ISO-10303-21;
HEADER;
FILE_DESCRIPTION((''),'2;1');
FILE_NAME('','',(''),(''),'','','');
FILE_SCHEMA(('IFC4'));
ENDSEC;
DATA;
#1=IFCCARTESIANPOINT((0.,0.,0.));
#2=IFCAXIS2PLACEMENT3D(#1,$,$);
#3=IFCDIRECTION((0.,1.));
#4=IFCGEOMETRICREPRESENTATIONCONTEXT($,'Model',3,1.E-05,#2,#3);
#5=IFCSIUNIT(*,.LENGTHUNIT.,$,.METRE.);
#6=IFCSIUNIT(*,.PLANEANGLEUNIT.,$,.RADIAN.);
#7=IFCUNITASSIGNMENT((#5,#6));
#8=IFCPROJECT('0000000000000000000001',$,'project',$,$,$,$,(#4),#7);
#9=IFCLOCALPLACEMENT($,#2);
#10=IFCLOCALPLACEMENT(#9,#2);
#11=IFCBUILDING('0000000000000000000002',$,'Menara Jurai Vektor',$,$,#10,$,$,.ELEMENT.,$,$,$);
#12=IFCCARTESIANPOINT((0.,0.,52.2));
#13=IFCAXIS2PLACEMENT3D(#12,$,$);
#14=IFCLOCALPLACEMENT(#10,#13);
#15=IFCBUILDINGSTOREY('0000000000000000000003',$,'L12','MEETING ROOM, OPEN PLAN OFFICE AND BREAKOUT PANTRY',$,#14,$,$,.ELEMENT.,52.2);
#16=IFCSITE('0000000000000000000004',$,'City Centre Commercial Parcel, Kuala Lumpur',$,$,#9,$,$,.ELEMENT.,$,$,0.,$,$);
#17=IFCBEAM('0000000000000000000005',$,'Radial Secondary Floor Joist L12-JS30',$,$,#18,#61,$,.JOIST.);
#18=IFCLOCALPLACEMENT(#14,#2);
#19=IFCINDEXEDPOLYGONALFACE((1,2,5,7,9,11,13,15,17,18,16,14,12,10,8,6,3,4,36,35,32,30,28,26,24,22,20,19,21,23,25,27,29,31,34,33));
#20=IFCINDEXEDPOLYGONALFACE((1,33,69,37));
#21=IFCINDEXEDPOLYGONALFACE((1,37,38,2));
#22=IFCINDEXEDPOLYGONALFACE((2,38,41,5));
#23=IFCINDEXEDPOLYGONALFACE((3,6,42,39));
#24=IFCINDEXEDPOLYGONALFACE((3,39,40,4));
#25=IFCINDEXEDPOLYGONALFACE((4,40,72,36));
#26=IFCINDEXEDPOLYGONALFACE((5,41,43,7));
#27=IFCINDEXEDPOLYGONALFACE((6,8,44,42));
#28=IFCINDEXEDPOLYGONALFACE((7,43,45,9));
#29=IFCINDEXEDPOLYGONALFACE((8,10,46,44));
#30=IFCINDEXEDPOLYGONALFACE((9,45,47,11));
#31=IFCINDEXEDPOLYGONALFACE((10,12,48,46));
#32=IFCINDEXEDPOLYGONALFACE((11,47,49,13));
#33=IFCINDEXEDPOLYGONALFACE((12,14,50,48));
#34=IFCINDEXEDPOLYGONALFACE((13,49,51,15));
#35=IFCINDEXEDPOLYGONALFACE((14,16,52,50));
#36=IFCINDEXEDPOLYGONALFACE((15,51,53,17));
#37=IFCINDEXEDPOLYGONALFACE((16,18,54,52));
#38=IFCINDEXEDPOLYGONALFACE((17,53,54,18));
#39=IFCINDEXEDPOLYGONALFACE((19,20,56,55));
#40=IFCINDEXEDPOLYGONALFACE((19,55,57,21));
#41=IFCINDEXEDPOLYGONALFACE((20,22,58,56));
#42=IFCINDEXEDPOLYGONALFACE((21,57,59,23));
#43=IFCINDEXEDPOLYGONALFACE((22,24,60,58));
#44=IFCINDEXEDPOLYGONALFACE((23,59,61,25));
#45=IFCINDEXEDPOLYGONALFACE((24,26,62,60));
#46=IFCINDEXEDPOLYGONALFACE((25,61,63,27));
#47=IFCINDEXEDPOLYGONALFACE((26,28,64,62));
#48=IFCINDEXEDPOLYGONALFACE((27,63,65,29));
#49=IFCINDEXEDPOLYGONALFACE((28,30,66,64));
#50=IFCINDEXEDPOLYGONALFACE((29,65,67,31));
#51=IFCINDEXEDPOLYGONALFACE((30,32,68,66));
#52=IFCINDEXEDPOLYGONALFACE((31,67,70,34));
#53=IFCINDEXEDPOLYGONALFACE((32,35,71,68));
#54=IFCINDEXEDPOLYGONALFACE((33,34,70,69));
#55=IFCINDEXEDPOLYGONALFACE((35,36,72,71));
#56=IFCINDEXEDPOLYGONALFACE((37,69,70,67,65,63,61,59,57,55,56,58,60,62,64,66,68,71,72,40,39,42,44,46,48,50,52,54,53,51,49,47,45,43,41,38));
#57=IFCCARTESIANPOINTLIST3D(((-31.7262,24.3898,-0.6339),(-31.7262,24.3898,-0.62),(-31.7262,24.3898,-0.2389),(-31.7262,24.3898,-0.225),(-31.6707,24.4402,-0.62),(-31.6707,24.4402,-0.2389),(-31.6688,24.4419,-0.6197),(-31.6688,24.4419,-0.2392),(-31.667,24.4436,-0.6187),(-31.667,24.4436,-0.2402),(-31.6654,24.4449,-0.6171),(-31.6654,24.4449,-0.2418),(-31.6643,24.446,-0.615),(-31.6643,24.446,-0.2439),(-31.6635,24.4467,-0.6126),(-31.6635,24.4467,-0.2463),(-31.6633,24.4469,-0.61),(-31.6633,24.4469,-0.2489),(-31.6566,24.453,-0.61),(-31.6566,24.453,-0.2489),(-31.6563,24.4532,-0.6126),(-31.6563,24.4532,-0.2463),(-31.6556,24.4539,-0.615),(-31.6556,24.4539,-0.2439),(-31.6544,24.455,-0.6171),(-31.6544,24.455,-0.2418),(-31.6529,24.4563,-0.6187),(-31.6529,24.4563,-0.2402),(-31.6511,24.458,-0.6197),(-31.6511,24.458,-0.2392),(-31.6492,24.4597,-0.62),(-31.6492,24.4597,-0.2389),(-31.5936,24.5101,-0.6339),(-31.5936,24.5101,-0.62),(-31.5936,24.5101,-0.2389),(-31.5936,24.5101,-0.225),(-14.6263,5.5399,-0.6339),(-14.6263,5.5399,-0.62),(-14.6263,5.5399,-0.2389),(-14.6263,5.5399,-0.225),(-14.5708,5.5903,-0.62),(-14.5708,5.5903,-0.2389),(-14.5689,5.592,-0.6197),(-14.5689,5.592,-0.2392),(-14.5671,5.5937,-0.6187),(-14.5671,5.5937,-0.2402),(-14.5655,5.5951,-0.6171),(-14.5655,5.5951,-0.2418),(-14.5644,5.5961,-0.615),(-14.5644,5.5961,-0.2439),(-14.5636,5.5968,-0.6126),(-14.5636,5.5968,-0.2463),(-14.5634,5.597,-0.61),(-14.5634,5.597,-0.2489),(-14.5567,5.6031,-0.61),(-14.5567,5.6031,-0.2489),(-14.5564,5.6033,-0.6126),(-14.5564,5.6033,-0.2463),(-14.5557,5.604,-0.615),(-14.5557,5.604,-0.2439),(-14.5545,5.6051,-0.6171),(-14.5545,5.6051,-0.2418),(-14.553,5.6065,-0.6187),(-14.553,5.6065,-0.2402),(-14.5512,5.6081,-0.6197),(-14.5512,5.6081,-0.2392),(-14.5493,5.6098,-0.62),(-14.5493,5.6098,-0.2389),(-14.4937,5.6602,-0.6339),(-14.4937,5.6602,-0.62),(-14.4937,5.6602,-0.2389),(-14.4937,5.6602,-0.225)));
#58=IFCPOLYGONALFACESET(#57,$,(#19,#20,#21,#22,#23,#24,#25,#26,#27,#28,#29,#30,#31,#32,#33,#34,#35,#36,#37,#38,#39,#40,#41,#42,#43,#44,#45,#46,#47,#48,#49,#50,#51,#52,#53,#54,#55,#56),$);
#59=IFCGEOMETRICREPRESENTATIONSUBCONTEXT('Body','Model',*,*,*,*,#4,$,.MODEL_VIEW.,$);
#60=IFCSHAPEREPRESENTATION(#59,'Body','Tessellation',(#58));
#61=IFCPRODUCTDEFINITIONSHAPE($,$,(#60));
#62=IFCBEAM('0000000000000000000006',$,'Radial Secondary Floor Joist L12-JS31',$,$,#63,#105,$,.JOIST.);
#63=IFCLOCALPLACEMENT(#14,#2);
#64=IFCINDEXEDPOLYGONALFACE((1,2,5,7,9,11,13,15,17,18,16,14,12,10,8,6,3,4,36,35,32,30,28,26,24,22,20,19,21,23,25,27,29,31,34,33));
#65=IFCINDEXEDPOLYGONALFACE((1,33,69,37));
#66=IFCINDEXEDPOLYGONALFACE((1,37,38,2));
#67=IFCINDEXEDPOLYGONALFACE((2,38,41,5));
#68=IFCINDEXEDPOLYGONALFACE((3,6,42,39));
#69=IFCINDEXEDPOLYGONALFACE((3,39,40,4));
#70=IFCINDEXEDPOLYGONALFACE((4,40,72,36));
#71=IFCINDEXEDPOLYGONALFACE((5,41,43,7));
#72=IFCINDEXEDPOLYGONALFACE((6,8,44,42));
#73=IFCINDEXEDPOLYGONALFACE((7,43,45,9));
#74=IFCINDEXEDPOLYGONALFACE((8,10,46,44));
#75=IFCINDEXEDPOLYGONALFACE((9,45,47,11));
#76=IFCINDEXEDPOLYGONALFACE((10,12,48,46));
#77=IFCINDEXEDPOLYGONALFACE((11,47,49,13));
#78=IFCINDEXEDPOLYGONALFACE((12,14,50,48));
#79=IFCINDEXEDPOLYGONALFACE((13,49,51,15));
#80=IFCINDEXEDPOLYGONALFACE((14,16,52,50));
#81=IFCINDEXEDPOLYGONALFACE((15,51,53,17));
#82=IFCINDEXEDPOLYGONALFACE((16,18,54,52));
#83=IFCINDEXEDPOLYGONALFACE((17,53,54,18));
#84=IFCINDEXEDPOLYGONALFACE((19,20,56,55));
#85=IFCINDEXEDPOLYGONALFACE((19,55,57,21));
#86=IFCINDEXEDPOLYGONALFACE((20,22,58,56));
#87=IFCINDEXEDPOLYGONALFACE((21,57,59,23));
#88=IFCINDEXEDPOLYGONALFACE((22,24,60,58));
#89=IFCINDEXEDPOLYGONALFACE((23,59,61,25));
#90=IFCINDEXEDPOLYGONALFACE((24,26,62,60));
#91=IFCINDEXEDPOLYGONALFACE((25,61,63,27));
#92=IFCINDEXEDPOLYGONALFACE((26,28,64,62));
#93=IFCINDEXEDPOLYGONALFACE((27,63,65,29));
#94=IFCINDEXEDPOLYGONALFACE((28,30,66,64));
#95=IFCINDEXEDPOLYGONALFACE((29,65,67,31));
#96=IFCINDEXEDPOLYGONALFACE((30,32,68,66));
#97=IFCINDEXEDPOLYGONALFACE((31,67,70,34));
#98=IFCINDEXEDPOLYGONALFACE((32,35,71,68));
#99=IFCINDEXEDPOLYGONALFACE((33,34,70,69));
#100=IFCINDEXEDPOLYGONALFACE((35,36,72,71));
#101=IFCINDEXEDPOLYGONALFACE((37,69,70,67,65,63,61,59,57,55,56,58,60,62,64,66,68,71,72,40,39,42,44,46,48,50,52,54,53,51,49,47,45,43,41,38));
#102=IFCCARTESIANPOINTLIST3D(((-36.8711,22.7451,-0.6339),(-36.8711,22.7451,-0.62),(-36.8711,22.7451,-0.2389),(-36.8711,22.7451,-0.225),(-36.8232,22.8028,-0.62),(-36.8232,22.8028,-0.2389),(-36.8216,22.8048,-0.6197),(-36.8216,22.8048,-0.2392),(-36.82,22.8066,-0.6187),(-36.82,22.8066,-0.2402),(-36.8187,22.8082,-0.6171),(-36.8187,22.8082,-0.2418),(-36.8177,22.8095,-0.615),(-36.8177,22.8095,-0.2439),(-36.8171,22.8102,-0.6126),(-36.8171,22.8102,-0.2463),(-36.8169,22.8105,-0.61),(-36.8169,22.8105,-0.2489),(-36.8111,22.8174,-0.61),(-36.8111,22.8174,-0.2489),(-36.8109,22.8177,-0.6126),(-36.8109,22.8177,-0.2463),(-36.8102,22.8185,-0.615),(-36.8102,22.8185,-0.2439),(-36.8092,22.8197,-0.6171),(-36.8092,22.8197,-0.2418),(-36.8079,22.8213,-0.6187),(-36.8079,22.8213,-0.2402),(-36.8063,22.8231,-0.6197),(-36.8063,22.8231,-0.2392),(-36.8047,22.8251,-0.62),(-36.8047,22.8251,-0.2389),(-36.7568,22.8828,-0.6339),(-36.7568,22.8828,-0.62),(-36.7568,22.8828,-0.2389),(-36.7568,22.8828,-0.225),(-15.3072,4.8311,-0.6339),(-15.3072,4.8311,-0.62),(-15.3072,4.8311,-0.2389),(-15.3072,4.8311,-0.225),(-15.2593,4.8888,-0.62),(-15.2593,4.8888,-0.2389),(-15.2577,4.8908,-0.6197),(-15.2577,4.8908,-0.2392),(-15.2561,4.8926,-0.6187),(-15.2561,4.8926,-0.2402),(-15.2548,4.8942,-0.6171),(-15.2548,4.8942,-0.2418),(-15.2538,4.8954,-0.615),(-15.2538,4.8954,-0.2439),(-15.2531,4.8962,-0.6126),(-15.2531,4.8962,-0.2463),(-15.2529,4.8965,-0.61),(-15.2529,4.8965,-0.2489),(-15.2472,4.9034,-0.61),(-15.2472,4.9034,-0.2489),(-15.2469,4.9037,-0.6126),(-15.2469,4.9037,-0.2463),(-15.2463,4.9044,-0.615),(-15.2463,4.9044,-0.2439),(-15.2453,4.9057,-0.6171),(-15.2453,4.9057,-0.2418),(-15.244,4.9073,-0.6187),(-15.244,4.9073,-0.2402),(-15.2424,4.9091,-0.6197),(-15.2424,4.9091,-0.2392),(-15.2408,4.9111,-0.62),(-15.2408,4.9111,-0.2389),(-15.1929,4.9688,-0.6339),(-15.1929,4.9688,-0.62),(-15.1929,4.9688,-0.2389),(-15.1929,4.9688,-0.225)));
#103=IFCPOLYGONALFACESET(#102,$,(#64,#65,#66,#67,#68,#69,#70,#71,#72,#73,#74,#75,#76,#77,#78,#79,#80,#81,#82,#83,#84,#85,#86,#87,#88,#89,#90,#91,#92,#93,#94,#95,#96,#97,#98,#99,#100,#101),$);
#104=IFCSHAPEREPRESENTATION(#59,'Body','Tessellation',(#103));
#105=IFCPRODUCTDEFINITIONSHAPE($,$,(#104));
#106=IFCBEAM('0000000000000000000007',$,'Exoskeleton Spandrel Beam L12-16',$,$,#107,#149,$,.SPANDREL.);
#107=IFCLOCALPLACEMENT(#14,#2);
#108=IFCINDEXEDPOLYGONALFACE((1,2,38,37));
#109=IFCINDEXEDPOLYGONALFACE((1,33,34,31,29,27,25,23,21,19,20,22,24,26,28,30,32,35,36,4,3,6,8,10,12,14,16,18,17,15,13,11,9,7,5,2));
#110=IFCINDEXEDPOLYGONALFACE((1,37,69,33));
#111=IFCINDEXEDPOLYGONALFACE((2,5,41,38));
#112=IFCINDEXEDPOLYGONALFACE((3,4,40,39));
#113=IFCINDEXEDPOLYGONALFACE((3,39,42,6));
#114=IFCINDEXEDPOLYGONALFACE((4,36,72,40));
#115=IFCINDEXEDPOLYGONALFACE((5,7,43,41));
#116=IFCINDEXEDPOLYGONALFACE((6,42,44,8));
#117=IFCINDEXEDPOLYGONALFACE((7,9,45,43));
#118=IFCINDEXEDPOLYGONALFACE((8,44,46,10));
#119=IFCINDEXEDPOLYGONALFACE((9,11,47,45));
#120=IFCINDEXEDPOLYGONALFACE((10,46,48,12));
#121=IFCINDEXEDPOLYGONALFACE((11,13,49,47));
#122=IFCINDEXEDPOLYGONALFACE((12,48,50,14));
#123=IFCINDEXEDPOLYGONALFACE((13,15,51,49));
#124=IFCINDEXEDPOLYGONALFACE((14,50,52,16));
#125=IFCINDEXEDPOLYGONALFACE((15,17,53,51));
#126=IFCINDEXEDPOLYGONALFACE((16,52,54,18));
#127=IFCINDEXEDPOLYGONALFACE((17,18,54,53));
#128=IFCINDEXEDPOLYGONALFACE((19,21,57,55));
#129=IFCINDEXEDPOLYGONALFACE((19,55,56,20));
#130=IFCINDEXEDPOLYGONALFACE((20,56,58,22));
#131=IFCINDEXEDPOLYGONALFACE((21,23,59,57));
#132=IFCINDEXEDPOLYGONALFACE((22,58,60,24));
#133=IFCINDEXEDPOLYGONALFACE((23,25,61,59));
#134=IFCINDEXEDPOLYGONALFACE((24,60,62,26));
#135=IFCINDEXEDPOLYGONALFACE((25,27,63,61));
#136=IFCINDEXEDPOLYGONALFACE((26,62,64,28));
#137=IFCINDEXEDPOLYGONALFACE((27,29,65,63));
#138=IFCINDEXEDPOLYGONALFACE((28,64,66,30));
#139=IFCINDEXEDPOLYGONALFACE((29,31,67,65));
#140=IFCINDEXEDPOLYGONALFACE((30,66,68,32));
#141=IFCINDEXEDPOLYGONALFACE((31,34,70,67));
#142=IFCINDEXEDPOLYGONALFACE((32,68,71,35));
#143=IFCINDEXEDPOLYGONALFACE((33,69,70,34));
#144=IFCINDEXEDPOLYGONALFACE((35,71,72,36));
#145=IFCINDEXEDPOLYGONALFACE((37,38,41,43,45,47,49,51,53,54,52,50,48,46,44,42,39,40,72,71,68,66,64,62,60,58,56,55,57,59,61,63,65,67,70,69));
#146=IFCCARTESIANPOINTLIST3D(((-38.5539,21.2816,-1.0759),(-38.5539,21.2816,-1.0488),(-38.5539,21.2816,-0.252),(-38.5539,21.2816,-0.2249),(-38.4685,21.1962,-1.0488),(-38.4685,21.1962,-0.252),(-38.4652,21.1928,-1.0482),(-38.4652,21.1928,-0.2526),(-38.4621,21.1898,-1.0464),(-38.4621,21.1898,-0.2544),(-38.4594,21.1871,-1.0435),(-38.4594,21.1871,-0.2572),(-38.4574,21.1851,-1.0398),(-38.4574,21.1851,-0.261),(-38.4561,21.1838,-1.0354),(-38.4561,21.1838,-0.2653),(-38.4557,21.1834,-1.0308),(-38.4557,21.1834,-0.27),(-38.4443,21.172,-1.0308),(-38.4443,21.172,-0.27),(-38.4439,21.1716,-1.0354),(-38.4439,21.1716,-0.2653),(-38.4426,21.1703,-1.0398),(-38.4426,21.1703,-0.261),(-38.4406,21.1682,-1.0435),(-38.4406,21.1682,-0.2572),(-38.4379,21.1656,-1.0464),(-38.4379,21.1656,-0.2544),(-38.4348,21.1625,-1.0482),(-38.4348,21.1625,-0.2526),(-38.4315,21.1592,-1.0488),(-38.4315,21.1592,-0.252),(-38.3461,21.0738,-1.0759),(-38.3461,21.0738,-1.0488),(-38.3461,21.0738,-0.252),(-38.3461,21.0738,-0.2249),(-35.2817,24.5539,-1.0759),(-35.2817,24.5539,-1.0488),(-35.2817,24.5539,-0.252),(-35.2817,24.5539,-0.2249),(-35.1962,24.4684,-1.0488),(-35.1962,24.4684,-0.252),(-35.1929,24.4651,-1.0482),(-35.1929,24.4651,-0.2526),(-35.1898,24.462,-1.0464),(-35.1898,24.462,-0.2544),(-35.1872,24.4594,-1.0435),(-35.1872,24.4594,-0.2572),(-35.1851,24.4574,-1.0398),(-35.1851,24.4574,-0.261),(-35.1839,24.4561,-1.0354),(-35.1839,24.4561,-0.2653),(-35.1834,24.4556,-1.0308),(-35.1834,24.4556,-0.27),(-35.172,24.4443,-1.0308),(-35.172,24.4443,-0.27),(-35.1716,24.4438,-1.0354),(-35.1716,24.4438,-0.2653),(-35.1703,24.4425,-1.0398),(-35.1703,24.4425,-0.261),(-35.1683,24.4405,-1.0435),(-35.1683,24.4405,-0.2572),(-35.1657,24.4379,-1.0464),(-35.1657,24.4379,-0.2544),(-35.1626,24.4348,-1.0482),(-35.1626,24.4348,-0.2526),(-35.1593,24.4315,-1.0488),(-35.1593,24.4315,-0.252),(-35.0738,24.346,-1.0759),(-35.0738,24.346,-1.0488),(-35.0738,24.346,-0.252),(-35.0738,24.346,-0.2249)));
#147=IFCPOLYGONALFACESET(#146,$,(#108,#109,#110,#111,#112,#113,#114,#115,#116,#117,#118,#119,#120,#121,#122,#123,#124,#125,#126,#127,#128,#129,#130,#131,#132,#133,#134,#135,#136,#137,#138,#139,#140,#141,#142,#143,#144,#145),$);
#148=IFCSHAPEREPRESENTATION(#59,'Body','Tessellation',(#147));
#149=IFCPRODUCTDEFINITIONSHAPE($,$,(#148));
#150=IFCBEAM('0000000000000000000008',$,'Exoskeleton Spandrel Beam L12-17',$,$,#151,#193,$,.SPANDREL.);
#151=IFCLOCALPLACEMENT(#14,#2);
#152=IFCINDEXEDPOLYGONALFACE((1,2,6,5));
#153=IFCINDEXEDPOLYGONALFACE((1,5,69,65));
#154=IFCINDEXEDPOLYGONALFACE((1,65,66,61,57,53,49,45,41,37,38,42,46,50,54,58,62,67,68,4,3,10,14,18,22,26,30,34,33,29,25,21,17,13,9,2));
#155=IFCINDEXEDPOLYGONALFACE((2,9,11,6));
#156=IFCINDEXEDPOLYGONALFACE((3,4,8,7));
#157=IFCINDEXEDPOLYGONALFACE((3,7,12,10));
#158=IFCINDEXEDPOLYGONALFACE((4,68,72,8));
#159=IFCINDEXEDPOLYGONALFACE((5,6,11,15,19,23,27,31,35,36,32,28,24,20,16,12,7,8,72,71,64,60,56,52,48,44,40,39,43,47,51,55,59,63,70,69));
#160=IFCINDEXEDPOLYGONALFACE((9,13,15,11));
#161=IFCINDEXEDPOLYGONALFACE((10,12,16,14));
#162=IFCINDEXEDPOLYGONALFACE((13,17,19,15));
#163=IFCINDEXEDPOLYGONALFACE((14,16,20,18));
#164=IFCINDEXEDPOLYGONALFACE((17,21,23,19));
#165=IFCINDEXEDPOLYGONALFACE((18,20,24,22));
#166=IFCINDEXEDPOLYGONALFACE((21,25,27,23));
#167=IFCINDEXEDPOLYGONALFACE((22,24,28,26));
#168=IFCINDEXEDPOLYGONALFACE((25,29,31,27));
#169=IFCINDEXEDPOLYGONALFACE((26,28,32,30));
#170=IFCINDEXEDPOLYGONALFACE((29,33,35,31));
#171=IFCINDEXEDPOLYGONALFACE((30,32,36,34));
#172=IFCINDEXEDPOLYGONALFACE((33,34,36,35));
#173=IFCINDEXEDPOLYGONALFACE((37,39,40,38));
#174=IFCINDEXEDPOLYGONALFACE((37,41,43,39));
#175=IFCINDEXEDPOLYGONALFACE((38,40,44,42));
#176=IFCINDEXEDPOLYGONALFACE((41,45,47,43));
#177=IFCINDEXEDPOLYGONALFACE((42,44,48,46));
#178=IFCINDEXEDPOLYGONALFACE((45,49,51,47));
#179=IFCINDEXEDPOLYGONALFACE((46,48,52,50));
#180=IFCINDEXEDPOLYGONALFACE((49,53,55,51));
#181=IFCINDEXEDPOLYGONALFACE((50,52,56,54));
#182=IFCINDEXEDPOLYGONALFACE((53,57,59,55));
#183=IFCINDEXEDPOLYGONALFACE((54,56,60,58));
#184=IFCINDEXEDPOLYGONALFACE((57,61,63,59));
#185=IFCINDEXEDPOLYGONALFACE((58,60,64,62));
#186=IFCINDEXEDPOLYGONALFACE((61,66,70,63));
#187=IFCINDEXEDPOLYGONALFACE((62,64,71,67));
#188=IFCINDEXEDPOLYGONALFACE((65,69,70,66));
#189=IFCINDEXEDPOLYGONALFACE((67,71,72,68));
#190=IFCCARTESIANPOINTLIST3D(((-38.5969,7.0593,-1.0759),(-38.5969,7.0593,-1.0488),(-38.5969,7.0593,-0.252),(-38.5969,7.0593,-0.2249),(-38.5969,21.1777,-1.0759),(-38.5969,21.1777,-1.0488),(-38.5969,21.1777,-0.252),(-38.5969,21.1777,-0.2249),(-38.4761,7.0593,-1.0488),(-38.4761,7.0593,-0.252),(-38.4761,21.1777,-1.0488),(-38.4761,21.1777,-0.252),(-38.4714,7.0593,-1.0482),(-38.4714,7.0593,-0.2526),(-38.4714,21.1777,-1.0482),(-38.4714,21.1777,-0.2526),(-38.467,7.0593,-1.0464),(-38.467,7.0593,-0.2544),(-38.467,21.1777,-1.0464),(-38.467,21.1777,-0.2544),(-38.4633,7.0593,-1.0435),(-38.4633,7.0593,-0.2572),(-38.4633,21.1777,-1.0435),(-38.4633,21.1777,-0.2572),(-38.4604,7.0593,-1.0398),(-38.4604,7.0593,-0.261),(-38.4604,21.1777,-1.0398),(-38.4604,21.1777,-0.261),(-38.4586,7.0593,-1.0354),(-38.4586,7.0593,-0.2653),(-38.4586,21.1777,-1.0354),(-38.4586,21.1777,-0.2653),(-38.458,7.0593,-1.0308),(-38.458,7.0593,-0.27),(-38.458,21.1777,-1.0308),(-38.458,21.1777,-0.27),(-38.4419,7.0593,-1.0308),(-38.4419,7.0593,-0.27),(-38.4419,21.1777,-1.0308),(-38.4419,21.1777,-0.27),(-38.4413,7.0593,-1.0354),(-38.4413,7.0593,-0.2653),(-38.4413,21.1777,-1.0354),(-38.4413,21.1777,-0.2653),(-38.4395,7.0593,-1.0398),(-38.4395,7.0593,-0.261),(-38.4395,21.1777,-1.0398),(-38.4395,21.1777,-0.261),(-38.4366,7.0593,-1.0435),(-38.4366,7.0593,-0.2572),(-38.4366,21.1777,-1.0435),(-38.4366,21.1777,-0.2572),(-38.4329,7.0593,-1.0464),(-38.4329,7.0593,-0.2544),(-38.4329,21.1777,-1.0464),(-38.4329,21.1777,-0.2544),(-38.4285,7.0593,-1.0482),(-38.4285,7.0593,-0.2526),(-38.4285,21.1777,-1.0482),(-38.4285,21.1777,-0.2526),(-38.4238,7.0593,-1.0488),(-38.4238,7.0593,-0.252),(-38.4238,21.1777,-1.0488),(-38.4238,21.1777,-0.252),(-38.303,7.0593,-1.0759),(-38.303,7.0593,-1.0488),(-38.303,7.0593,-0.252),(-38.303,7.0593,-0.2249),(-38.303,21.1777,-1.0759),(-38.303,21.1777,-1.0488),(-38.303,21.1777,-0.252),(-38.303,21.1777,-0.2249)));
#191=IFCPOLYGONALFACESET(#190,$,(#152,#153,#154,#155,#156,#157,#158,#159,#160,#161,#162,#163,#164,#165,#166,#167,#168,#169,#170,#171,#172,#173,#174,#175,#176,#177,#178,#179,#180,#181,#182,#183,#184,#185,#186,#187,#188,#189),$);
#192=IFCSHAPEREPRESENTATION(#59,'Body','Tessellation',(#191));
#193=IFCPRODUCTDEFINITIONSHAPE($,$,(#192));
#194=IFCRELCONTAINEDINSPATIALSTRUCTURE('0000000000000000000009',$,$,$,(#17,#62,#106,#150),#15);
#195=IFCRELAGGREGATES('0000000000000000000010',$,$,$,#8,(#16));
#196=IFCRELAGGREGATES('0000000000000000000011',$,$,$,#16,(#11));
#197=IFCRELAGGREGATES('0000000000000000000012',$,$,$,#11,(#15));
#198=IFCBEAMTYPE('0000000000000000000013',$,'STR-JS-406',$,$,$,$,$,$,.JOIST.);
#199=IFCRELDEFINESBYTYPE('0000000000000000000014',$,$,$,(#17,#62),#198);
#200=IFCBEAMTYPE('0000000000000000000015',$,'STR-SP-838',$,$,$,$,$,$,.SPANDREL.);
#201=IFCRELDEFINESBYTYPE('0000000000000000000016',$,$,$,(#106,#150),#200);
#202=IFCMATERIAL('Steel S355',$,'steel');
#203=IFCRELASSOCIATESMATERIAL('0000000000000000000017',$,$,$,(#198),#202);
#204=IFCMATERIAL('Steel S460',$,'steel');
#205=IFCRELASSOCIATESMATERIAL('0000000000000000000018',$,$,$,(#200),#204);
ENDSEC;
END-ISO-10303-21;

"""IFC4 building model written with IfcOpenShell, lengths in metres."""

from ifc_helpers import new_model, si_unit, direction, frame, origin, origin_2d, place, context, subcontext, project, spatial, i_section, extrude, material, material_profile, profile_set, type_object, element, save


model = new_model("IFC4")

# Units and contexts
model_context = context("Model", 3, precision=1e-05, world=origin(), true_north=direction((0.0, 1.0)))
body_context = subcontext(model_context, "Body", "Model", "MODEL_VIEW")
ifc_project = project(units=[si_unit("LENGTHUNIT", "METRE"), si_unit("PLANEANGLEUNIT", "RADIAN")], contexts=[model_context])

# Site, building, storey
site_placement = place(None, origin())
site = spatial("IfcSite", under=ifc_project, at=site_placement, Name="City Centre Commercial Parcel, Kuala Lumpur", CompositionType="ELEMENT", RefElevation=0.0)
building_placement = place(site_placement, origin())
building = spatial("IfcBuilding", under=site, at=building_placement, Name="Menara Jurai Vektor", CompositionType="ELEMENT")
storey_placement = place(building_placement, frame((0.0, 0.0, 52.2)))
storey = spatial("IfcBuildingStorey", under=building, at=storey_placement, Name="L12", Description="MEETING ROOM, OPEN PLAN OFFICE AND BREAKOUT PANTRY", CompositionType="ELEMENT", Elevation=52.2)

# Shared definitions
ifc_material_1 = material(Name="Steel S460", Category="steel")

# Shared definitions
ifc_material_2 = material(Name="Steel S355", Category="steel")

# Beams
ifc_material_profile_1 = material_profile(ifc_material_2, i_section(OverallWidth=0.179, OverallDepth=0.4089, WebThickness=0.009, FlangeThickness=0.0139, FilletRadius=0.01, at=origin_2d()), Name="UKB 406x178x67")
ifc_profile_set_1 = profile_set([ifc_material_profile_1], Name="Steel S355")
beam_type_1 = type_object("IfcBeamType", Name="STR-JS-406", PredefinedType="JOIST", material=ifc_profile_set_1)
beam_1_placement = place(storey_placement, frame((-31.6599, 24.45, -0.4294), z_axis=(0.67189, -0.740651, 0.0), x_axis=(0.740651, 0.67189, 0.0)))
element("IfcBeam", 1, at=beam_1_placement, inside=storey, type_object=beam_type_1, Name="Radial Secondary Floor Joist L12-JS30", PredefinedType="JOIST", context=body_context, shape_type="SweptSolid", body=[
    extrude(i_section(OverallWidth=0.179, OverallDepth=0.4089, WebThickness=0.009, FlangeThickness=0.0139, FilletRadius=0.01, at=origin_2d()), origin(), (0.0, 0.0, 1.0), 25.4504),
])
beam_2_placement = place(storey_placement, frame((-36.814, 22.814, -0.4294), z_axis=(0.769201, -0.639007, 0.0), x_axis=(0.639007, 0.769201, 0.0)))
element("IfcBeam", 2, at=beam_2_placement, inside=storey, type_object=beam_type_1, Name="Radial Secondary Floor Joist L12-JS31", PredefinedType="JOIST", context=body_context, shape_type="SweptSolid", body=[
    extrude(i_section(OverallWidth=0.179, OverallDepth=0.4089, WebThickness=0.009, FlangeThickness=0.0139, FilletRadius=0.01, at=origin_2d()), origin(), (0.0, 0.0, 1.0), 28.0342),
])
ifc_material_profile_2 = material_profile(ifc_material_1, i_section(OverallWidth=0.2939, OverallDepth=0.8511, WebThickness=0.0161, FlangeThickness=0.0271, FilletRadius=0.0181, at=origin_2d()), Name="UKB 838x292x226")
ifc_profile_set_2 = profile_set([ifc_material_profile_2], Name="Steel S460")
beam_type_2 = type_object("IfcBeamType", Name="STR-SP-838", PredefinedType="SPANDREL", material=ifc_profile_set_2)
beam_3_placement = place(storey_placement, frame((-35.1777, 24.45, -0.6504), z_axis=(-0.707107, -0.707107, 0.0), x_axis=(0.707107, -0.707107, 0.0)))
element("IfcBeam", 3, at=beam_3_placement, inside=storey, type_object=beam_type_2, Name="Exoskeleton Spandrel Beam L12-16", PredefinedType="SPANDREL", context=body_context, shape_type="SweptSolid", body=[
    extrude(i_section(OverallWidth=0.2939, OverallDepth=0.8511, WebThickness=0.0161, FlangeThickness=0.0271, FilletRadius=0.0181, at=origin_2d()), origin(), (0.0, 0.0, 1.0), 4.6277),
])
beam_4_placement = place(storey_placement, frame((-38.45, 21.1777, -0.6504), z_axis=(0.0, -1.0, 0.0), x_axis=(1.0, 0.0, 0.0)))
element("IfcBeam", 4, at=beam_4_placement, inside=storey, type_object=beam_type_2, Name="Exoskeleton Spandrel Beam L12-17", PredefinedType="SPANDREL", context=body_context, shape_type="SweptSolid", body=[
    extrude(i_section(OverallWidth=0.2939, OverallDepth=0.8511, WebThickness=0.0161, FlangeThickness=0.0271, FilletRadius=0.0181, at=origin_2d()), origin(), (0.0, 0.0, 1.0), 14.1184),
])

save(model, "model.ifc")
